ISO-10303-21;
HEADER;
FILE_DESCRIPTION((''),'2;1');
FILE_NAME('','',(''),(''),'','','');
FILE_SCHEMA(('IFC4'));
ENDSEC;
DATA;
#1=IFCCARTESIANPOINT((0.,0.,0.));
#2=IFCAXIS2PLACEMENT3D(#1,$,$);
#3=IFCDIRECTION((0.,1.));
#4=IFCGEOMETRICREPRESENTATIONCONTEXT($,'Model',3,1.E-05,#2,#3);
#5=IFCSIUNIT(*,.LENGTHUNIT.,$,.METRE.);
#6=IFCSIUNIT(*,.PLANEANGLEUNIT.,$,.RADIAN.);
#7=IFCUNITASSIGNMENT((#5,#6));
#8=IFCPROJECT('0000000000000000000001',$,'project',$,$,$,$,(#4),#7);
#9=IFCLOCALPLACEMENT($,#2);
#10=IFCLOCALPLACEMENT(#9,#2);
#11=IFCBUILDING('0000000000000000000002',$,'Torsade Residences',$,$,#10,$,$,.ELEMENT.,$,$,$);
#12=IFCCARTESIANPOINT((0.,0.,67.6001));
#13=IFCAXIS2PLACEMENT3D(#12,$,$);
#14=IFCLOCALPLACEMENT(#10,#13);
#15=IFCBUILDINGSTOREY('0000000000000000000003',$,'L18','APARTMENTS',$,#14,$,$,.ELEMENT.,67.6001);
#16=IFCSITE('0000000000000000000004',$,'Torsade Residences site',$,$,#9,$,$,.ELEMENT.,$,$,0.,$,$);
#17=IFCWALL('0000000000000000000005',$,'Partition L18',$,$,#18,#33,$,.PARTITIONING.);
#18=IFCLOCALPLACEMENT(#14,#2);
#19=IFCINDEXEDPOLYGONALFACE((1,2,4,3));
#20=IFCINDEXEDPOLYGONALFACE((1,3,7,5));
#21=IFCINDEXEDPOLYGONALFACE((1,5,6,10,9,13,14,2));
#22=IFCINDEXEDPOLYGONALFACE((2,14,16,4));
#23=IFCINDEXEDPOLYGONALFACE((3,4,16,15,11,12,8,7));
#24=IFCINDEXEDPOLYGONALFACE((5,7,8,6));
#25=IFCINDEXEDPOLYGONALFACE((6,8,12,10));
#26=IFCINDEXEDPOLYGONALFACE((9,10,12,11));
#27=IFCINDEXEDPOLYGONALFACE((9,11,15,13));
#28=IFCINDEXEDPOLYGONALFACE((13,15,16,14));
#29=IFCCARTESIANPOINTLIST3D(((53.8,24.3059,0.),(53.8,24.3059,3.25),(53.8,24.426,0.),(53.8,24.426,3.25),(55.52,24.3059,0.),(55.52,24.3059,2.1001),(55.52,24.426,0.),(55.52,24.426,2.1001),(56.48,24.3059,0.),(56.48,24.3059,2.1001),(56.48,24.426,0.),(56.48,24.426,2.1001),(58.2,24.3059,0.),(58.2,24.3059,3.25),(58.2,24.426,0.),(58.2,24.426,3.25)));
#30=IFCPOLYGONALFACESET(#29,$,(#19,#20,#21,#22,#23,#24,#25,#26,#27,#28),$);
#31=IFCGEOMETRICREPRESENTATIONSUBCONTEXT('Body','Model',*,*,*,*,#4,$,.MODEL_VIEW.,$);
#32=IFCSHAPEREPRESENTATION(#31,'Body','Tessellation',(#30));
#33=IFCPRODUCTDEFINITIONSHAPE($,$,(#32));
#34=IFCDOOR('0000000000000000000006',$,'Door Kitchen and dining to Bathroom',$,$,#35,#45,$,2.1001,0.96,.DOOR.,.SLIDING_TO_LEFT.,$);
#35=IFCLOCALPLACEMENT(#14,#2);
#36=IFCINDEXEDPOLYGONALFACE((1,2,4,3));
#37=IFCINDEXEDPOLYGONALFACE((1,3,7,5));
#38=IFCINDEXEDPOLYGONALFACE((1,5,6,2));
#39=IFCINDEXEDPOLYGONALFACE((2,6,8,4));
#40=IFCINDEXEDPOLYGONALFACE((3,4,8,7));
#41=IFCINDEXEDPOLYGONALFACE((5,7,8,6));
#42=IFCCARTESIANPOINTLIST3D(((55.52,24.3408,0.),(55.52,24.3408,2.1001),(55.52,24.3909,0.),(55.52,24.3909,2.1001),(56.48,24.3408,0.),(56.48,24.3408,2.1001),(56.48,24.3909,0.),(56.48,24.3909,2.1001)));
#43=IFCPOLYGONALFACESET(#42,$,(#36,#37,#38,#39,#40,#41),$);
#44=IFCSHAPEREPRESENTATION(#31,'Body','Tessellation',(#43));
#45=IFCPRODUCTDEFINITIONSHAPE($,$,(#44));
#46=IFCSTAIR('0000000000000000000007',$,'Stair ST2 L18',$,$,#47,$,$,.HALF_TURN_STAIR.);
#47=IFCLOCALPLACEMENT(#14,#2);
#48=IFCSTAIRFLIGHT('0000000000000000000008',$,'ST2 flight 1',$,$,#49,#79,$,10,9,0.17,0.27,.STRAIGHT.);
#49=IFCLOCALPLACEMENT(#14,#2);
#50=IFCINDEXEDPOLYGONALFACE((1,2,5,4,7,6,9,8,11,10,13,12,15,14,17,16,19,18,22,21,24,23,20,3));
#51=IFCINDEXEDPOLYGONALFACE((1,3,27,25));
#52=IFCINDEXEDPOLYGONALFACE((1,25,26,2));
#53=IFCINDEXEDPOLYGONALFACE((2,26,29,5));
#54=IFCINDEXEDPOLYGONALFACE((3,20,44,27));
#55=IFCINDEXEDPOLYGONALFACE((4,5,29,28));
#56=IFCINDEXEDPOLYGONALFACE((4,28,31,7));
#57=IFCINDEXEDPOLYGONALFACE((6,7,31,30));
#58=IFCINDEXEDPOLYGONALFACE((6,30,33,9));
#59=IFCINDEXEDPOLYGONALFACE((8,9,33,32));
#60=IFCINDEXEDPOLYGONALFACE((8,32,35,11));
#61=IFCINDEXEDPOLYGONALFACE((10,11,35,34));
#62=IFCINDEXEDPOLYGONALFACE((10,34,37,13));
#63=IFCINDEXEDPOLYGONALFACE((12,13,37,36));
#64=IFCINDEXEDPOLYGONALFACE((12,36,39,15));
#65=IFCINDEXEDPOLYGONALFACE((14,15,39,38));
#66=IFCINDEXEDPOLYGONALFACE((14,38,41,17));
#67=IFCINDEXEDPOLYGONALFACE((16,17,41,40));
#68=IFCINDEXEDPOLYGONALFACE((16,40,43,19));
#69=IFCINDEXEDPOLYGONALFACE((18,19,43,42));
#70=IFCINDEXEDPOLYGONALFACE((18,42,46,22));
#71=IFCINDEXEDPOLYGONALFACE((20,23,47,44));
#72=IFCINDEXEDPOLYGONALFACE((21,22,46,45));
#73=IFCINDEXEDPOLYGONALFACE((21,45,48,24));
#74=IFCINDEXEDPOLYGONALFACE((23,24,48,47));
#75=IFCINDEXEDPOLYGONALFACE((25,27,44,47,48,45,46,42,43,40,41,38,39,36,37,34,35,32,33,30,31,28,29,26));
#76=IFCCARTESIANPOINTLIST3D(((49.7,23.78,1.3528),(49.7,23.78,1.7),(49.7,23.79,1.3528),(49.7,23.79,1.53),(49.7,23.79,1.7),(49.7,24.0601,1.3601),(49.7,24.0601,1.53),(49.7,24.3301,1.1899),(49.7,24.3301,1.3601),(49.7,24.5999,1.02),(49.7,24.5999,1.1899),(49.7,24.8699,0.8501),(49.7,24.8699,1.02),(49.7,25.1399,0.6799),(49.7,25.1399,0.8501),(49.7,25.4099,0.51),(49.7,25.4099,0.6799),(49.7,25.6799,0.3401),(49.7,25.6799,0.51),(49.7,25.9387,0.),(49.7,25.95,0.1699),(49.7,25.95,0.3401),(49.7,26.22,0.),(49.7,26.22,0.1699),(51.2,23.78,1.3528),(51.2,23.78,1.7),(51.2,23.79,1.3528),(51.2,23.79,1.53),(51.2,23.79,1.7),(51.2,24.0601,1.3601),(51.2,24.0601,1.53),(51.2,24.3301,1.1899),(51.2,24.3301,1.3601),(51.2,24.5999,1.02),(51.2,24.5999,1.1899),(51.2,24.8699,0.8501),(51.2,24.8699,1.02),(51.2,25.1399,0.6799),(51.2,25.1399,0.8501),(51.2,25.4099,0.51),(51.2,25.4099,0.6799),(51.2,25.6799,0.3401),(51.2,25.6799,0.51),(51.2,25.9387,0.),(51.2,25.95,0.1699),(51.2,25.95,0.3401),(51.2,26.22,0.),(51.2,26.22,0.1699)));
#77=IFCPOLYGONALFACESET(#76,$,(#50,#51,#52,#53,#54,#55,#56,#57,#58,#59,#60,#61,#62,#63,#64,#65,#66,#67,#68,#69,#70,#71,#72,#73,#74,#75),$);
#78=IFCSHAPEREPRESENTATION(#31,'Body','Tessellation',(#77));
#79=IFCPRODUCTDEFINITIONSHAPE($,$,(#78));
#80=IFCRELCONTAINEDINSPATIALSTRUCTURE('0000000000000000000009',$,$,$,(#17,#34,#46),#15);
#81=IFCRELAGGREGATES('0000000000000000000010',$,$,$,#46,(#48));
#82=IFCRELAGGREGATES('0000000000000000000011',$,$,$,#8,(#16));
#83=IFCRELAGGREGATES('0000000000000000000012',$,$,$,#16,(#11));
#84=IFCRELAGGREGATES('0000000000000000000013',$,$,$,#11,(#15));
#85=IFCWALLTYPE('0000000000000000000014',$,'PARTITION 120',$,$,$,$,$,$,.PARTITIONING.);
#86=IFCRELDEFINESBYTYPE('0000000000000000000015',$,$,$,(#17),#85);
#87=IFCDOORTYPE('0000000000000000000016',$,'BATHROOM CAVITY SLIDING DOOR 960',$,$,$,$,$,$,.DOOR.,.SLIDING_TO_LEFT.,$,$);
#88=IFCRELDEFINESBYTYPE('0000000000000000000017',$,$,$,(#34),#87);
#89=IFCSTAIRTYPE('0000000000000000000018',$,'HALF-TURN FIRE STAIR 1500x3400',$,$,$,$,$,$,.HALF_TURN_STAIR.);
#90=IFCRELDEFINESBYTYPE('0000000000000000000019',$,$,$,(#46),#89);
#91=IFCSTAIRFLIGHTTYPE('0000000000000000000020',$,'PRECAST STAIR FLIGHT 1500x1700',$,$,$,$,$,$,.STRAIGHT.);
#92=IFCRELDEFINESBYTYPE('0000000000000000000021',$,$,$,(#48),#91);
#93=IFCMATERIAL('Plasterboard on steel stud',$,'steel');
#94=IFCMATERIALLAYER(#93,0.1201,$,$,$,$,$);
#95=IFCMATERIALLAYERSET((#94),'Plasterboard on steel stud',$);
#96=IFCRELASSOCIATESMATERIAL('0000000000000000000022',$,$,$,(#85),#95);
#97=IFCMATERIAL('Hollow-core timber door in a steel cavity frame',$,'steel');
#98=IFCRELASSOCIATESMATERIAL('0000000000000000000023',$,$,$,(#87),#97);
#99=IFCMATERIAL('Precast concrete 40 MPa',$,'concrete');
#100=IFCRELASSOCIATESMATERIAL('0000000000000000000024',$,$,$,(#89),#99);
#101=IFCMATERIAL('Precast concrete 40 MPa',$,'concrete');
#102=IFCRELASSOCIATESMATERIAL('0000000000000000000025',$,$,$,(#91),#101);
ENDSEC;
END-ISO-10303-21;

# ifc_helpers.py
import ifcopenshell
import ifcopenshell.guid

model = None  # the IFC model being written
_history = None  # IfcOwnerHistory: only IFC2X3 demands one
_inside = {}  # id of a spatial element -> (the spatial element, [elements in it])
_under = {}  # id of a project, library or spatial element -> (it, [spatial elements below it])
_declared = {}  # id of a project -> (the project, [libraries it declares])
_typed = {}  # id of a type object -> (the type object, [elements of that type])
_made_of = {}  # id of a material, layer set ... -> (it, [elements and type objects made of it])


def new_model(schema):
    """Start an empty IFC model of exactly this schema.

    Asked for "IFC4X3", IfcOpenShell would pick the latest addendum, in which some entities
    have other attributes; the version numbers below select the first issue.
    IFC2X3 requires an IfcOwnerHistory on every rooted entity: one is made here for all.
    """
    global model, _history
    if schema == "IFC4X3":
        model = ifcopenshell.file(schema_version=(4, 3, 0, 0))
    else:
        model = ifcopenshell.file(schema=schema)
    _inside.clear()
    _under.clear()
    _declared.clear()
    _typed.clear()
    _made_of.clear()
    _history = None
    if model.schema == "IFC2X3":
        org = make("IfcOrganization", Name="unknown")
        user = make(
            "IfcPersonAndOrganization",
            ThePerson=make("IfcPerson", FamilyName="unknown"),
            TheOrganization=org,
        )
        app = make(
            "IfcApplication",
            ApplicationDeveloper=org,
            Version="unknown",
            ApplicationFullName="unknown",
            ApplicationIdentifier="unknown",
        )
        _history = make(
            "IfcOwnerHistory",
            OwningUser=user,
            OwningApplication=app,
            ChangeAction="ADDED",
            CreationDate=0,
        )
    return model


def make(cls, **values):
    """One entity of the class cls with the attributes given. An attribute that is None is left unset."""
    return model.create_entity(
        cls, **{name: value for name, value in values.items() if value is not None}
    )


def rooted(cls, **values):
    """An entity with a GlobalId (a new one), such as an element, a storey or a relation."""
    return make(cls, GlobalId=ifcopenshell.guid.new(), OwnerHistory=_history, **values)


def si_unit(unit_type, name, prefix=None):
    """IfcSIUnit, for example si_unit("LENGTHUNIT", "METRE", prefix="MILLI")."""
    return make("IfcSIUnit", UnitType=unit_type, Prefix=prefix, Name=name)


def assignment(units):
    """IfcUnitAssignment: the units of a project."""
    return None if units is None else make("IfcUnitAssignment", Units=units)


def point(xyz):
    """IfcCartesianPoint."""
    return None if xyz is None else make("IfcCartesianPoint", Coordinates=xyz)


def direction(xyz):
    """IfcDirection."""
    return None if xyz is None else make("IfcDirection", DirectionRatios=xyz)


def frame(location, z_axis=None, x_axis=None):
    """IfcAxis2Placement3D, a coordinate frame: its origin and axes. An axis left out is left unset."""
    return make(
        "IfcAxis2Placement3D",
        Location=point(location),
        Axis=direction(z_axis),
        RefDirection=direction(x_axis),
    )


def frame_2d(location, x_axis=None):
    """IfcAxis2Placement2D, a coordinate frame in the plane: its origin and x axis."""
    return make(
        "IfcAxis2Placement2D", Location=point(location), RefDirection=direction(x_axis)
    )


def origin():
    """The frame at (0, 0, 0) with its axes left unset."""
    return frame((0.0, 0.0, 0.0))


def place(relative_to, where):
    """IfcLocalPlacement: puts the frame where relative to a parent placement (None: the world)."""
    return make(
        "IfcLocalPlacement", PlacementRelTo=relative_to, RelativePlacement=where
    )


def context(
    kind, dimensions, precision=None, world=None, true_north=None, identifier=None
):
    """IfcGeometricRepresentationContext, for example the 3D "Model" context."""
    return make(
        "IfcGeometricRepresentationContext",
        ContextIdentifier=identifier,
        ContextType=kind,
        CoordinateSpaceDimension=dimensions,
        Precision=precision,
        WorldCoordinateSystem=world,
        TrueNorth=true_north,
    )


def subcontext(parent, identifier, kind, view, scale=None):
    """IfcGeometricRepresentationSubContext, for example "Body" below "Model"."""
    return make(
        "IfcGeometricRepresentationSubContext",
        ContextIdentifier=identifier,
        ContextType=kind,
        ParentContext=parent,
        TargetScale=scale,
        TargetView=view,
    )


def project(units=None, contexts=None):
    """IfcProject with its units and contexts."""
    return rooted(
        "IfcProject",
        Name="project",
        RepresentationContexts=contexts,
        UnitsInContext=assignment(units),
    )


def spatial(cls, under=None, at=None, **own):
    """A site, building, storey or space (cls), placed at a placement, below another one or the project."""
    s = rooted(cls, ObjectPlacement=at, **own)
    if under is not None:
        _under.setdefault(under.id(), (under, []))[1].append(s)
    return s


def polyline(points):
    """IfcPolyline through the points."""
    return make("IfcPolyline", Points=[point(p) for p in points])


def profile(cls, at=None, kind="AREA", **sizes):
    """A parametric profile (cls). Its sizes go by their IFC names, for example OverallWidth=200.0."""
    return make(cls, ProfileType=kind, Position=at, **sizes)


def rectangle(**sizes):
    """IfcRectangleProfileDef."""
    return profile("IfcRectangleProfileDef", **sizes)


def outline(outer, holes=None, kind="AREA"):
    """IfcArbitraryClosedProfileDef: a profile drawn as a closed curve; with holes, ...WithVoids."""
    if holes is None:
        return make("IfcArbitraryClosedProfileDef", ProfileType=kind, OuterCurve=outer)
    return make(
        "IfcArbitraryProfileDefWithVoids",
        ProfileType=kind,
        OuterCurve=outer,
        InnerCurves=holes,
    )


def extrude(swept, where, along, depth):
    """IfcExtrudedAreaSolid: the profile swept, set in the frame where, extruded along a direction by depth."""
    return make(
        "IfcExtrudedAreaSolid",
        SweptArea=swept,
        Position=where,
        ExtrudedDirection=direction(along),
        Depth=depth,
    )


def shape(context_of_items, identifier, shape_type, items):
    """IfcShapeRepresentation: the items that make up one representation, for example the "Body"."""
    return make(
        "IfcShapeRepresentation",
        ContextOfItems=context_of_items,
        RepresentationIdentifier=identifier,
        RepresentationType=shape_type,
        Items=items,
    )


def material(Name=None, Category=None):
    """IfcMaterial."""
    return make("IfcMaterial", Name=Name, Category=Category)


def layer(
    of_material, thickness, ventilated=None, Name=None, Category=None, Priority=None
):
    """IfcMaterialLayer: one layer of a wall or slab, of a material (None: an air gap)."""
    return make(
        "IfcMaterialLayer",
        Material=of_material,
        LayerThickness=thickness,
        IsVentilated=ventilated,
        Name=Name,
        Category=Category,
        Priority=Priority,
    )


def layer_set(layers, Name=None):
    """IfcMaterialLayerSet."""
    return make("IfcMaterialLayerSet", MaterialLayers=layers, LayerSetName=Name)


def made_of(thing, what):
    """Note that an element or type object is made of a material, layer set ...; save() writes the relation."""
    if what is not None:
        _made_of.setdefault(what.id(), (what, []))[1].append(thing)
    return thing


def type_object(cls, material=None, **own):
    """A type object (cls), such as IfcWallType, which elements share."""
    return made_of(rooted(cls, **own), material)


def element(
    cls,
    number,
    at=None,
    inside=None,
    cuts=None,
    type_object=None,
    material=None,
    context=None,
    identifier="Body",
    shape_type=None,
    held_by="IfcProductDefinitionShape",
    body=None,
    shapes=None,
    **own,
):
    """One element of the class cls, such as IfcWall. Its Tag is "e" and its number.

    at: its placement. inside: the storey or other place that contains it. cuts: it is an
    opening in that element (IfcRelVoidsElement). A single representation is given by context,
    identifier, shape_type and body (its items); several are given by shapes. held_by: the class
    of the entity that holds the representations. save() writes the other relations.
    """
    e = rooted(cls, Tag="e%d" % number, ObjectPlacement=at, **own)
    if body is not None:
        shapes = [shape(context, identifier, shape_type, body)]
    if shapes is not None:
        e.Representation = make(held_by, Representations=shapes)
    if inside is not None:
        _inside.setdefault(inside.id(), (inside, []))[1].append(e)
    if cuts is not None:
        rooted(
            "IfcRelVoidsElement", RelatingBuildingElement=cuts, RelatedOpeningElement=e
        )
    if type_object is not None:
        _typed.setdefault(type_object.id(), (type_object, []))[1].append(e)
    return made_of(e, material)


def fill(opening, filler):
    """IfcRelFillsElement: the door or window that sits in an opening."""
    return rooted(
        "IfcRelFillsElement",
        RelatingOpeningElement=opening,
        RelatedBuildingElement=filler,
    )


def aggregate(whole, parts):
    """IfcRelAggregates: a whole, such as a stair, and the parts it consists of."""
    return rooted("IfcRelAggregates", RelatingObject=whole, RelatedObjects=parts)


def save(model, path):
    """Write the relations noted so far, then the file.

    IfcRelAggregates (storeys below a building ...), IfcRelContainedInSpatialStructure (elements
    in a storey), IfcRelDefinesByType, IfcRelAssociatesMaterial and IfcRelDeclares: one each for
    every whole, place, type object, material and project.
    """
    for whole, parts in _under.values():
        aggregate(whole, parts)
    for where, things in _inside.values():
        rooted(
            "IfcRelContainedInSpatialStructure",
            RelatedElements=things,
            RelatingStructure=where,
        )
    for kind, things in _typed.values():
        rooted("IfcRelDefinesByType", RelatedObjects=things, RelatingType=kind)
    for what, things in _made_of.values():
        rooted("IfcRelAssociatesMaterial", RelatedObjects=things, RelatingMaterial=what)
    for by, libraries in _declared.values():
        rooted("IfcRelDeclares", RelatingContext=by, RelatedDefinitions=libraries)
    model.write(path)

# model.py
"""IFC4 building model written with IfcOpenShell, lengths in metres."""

from ifc_helpers import new_model, si_unit, direction, frame, frame_2d, origin, place, context, subcontext, project, spatial, polyline, rectangle, outline, extrude, material, layer, layer_set, type_object, element, fill, aggregate, save


model = new_model("IFC4")

# Units and contexts
model_context = context("Model", 3, precision=1e-05, world=origin(), true_north=direction((0.0, 1.0)))
body_context = subcontext(model_context, "Body", "Model", "MODEL_VIEW")
ifc_project = project(units=[si_unit("LENGTHUNIT", "METRE"), si_unit("PLANEANGLEUNIT", "RADIAN")], contexts=[model_context])

# Site, building, storey
site_placement = place(None, origin())
site = spatial("IfcSite", under=ifc_project, at=site_placement, Name="Torsade Residences site", CompositionType="ELEMENT", RefElevation=0.0)
building_placement = place(site_placement, origin())
building = spatial("IfcBuilding", under=site, at=building_placement, Name="Torsade Residences", CompositionType="ELEMENT")
storey_placement = place(building_placement, frame((0.0, 0.0, 67.6001)))
storey = spatial("IfcBuildingStorey", under=building, at=storey_placement, Name="L18", Description="APARTMENTS", CompositionType="ELEMENT", Elevation=67.6001)

# Wall, opening, door
ifc_material_1 = material(Name="Plasterboard on steel stud", Category="steel")
ifc_layer_1 = layer(ifc_material_1, 0.1201)
ifc_layer_set_1 = layer_set([ifc_layer_1], Name="Plasterboard on steel stud")
wall_type_1 = type_object("IfcWallType", Name="PARTITION 120", PredefinedType="PARTITIONING", material=ifc_layer_set_1)
ifc_material_2 = material(Name="Hollow-core timber door in a steel cavity frame", Category="steel")
door_type_1 = type_object("IfcDoorType", Name="BATHROOM CAVITY SLIDING DOOR 960", OperationType="SLIDING_TO_LEFT", PredefinedType="DOOR", material=ifc_material_2)
wall_1_placement = place(storey_placement, frame((53.8, 24.366, 0.0), z_axis=(0.0, 0.0, 1.0), x_axis=(1.0, 0.0, 0.0)))
wall_1 = element("IfcWall", 1, at=wall_1_placement, inside=storey, type_object=wall_type_1, Name="Partition L18", PredefinedType="PARTITIONING", context=body_context, shape_type="SweptSolid", body=[
    extrude(rectangle(XDim=4.3999, YDim=0.1201, at=frame_2d((2.2, 0.0))), origin(), (0.0, 0.0, 1.0), 3.25),
])
opening_1_placement = place(wall_1_placement, frame((1.72, 0.0, 0.0)))
opening_1 = element("IfcOpeningElement", 2, at=opening_1_placement, cuts=wall_1, PredefinedType="OPENING", context=body_context, shape_type="SweptSolid", body=[
    extrude(rectangle(XDim=0.96, YDim=2.1001, at=frame_2d((0.48, 1.05))), frame((0.0, 0.0701, 0.0), z_axis=(0.0, -1.0, 0.0), x_axis=(1.0, 0.0, 0.0)), (0.0, 0.0, 1.0), 0.1401),
])
door_1_placement = place(opening_1_placement, origin())
door_1 = element("IfcDoor", 3, at=door_1_placement, inside=storey, type_object=door_type_1, Name="Door Kitchen and dining to Bathroom", OperationType="SLIDING_TO_LEFT", OverallHeight=2.1001, OverallWidth=0.96, PredefinedType="DOOR", context=body_context, shape_type="SweptSolid", body=[
    extrude(rectangle(XDim=0.96, YDim=2.1001, at=frame_2d((0.48, 1.05))), frame((0.0, 0.0249, 0.0), z_axis=(0.0, -1.0, 0.0), x_axis=(1.0, 0.0, 0.0)), (0.0, 0.0, 1.0), 0.05),
])
fill(opening_1, door_1)

# Stair, stair flight
ifc_material_3 = material(Name="Precast concrete 40 MPa", Category="concrete")
stair_type = type_object("IfcStairType", Name="HALF-TURN FIRE STAIR 1500x3400", PredefinedType="HALF_TURN_STAIR", material=ifc_material_3)
stair_placement = place(storey_placement, origin())
stair = element("IfcStair", 4, at=stair_placement, inside=storey, type_object=stair_type, Name="Stair ST2 L18", PredefinedType="HALF_TURN_STAIR")
ifc_material_4 = material(Name="Precast concrete 40 MPa", Category="concrete")
stair_flight_type = type_object("IfcStairFlightType", Name="PRECAST STAIR FLIGHT 1500x1700", PredefinedType="STRAIGHT", material=ifc_material_4)
stair_flight_placement = place(storey_placement, frame((50.45, 26.22, 0.0), z_axis=(0.0, 0.0, 1.0), x_axis=(0.0, -1.0, 0.0)))
stair_flight = element("IfcStairFlight", 5, at=stair_flight_placement, type_object=stair_flight_type, Name="ST2 flight 1", NumberOfRisers=10, NumberOfTreads=9, PredefinedType="STRAIGHT", RiserHeight=0.17, TreadLength=0.27, context=body_context, shape_type="SweptSolid", body=[
    extrude(outline(polyline([(0.0, 0.0), (0.0, 0.1699), (0.27, 0.1699), (0.27, 0.3401), (0.54, 0.3401), (0.54, 0.51), (0.8101, 0.51), (0.8101, 0.6799), (1.0801, 0.6799), (1.0801, 0.8501), (1.3501, 0.8501), (1.3501, 1.02), (1.6201, 1.02), (1.6201, 1.1899), (1.8899, 1.1899), (1.8899, 1.3601), (2.1599, 1.3601), (2.1599, 1.53), (2.4299, 1.53), (2.4299, 1.7), (2.4399, 1.7), (2.4399, 1.3528), (2.4299, 1.3528), (0.2812, 0.0), (0.0, 0.0)])), frame((0.0, 0.75, 0.0), z_axis=(0.0, -1.0, 0.0), x_axis=(1.0, 0.0, 0.0)), (0.0, 0.0, 1.0), 1.5),
])
aggregate(stair, [stair_flight])

save(model, "model.ifc")
